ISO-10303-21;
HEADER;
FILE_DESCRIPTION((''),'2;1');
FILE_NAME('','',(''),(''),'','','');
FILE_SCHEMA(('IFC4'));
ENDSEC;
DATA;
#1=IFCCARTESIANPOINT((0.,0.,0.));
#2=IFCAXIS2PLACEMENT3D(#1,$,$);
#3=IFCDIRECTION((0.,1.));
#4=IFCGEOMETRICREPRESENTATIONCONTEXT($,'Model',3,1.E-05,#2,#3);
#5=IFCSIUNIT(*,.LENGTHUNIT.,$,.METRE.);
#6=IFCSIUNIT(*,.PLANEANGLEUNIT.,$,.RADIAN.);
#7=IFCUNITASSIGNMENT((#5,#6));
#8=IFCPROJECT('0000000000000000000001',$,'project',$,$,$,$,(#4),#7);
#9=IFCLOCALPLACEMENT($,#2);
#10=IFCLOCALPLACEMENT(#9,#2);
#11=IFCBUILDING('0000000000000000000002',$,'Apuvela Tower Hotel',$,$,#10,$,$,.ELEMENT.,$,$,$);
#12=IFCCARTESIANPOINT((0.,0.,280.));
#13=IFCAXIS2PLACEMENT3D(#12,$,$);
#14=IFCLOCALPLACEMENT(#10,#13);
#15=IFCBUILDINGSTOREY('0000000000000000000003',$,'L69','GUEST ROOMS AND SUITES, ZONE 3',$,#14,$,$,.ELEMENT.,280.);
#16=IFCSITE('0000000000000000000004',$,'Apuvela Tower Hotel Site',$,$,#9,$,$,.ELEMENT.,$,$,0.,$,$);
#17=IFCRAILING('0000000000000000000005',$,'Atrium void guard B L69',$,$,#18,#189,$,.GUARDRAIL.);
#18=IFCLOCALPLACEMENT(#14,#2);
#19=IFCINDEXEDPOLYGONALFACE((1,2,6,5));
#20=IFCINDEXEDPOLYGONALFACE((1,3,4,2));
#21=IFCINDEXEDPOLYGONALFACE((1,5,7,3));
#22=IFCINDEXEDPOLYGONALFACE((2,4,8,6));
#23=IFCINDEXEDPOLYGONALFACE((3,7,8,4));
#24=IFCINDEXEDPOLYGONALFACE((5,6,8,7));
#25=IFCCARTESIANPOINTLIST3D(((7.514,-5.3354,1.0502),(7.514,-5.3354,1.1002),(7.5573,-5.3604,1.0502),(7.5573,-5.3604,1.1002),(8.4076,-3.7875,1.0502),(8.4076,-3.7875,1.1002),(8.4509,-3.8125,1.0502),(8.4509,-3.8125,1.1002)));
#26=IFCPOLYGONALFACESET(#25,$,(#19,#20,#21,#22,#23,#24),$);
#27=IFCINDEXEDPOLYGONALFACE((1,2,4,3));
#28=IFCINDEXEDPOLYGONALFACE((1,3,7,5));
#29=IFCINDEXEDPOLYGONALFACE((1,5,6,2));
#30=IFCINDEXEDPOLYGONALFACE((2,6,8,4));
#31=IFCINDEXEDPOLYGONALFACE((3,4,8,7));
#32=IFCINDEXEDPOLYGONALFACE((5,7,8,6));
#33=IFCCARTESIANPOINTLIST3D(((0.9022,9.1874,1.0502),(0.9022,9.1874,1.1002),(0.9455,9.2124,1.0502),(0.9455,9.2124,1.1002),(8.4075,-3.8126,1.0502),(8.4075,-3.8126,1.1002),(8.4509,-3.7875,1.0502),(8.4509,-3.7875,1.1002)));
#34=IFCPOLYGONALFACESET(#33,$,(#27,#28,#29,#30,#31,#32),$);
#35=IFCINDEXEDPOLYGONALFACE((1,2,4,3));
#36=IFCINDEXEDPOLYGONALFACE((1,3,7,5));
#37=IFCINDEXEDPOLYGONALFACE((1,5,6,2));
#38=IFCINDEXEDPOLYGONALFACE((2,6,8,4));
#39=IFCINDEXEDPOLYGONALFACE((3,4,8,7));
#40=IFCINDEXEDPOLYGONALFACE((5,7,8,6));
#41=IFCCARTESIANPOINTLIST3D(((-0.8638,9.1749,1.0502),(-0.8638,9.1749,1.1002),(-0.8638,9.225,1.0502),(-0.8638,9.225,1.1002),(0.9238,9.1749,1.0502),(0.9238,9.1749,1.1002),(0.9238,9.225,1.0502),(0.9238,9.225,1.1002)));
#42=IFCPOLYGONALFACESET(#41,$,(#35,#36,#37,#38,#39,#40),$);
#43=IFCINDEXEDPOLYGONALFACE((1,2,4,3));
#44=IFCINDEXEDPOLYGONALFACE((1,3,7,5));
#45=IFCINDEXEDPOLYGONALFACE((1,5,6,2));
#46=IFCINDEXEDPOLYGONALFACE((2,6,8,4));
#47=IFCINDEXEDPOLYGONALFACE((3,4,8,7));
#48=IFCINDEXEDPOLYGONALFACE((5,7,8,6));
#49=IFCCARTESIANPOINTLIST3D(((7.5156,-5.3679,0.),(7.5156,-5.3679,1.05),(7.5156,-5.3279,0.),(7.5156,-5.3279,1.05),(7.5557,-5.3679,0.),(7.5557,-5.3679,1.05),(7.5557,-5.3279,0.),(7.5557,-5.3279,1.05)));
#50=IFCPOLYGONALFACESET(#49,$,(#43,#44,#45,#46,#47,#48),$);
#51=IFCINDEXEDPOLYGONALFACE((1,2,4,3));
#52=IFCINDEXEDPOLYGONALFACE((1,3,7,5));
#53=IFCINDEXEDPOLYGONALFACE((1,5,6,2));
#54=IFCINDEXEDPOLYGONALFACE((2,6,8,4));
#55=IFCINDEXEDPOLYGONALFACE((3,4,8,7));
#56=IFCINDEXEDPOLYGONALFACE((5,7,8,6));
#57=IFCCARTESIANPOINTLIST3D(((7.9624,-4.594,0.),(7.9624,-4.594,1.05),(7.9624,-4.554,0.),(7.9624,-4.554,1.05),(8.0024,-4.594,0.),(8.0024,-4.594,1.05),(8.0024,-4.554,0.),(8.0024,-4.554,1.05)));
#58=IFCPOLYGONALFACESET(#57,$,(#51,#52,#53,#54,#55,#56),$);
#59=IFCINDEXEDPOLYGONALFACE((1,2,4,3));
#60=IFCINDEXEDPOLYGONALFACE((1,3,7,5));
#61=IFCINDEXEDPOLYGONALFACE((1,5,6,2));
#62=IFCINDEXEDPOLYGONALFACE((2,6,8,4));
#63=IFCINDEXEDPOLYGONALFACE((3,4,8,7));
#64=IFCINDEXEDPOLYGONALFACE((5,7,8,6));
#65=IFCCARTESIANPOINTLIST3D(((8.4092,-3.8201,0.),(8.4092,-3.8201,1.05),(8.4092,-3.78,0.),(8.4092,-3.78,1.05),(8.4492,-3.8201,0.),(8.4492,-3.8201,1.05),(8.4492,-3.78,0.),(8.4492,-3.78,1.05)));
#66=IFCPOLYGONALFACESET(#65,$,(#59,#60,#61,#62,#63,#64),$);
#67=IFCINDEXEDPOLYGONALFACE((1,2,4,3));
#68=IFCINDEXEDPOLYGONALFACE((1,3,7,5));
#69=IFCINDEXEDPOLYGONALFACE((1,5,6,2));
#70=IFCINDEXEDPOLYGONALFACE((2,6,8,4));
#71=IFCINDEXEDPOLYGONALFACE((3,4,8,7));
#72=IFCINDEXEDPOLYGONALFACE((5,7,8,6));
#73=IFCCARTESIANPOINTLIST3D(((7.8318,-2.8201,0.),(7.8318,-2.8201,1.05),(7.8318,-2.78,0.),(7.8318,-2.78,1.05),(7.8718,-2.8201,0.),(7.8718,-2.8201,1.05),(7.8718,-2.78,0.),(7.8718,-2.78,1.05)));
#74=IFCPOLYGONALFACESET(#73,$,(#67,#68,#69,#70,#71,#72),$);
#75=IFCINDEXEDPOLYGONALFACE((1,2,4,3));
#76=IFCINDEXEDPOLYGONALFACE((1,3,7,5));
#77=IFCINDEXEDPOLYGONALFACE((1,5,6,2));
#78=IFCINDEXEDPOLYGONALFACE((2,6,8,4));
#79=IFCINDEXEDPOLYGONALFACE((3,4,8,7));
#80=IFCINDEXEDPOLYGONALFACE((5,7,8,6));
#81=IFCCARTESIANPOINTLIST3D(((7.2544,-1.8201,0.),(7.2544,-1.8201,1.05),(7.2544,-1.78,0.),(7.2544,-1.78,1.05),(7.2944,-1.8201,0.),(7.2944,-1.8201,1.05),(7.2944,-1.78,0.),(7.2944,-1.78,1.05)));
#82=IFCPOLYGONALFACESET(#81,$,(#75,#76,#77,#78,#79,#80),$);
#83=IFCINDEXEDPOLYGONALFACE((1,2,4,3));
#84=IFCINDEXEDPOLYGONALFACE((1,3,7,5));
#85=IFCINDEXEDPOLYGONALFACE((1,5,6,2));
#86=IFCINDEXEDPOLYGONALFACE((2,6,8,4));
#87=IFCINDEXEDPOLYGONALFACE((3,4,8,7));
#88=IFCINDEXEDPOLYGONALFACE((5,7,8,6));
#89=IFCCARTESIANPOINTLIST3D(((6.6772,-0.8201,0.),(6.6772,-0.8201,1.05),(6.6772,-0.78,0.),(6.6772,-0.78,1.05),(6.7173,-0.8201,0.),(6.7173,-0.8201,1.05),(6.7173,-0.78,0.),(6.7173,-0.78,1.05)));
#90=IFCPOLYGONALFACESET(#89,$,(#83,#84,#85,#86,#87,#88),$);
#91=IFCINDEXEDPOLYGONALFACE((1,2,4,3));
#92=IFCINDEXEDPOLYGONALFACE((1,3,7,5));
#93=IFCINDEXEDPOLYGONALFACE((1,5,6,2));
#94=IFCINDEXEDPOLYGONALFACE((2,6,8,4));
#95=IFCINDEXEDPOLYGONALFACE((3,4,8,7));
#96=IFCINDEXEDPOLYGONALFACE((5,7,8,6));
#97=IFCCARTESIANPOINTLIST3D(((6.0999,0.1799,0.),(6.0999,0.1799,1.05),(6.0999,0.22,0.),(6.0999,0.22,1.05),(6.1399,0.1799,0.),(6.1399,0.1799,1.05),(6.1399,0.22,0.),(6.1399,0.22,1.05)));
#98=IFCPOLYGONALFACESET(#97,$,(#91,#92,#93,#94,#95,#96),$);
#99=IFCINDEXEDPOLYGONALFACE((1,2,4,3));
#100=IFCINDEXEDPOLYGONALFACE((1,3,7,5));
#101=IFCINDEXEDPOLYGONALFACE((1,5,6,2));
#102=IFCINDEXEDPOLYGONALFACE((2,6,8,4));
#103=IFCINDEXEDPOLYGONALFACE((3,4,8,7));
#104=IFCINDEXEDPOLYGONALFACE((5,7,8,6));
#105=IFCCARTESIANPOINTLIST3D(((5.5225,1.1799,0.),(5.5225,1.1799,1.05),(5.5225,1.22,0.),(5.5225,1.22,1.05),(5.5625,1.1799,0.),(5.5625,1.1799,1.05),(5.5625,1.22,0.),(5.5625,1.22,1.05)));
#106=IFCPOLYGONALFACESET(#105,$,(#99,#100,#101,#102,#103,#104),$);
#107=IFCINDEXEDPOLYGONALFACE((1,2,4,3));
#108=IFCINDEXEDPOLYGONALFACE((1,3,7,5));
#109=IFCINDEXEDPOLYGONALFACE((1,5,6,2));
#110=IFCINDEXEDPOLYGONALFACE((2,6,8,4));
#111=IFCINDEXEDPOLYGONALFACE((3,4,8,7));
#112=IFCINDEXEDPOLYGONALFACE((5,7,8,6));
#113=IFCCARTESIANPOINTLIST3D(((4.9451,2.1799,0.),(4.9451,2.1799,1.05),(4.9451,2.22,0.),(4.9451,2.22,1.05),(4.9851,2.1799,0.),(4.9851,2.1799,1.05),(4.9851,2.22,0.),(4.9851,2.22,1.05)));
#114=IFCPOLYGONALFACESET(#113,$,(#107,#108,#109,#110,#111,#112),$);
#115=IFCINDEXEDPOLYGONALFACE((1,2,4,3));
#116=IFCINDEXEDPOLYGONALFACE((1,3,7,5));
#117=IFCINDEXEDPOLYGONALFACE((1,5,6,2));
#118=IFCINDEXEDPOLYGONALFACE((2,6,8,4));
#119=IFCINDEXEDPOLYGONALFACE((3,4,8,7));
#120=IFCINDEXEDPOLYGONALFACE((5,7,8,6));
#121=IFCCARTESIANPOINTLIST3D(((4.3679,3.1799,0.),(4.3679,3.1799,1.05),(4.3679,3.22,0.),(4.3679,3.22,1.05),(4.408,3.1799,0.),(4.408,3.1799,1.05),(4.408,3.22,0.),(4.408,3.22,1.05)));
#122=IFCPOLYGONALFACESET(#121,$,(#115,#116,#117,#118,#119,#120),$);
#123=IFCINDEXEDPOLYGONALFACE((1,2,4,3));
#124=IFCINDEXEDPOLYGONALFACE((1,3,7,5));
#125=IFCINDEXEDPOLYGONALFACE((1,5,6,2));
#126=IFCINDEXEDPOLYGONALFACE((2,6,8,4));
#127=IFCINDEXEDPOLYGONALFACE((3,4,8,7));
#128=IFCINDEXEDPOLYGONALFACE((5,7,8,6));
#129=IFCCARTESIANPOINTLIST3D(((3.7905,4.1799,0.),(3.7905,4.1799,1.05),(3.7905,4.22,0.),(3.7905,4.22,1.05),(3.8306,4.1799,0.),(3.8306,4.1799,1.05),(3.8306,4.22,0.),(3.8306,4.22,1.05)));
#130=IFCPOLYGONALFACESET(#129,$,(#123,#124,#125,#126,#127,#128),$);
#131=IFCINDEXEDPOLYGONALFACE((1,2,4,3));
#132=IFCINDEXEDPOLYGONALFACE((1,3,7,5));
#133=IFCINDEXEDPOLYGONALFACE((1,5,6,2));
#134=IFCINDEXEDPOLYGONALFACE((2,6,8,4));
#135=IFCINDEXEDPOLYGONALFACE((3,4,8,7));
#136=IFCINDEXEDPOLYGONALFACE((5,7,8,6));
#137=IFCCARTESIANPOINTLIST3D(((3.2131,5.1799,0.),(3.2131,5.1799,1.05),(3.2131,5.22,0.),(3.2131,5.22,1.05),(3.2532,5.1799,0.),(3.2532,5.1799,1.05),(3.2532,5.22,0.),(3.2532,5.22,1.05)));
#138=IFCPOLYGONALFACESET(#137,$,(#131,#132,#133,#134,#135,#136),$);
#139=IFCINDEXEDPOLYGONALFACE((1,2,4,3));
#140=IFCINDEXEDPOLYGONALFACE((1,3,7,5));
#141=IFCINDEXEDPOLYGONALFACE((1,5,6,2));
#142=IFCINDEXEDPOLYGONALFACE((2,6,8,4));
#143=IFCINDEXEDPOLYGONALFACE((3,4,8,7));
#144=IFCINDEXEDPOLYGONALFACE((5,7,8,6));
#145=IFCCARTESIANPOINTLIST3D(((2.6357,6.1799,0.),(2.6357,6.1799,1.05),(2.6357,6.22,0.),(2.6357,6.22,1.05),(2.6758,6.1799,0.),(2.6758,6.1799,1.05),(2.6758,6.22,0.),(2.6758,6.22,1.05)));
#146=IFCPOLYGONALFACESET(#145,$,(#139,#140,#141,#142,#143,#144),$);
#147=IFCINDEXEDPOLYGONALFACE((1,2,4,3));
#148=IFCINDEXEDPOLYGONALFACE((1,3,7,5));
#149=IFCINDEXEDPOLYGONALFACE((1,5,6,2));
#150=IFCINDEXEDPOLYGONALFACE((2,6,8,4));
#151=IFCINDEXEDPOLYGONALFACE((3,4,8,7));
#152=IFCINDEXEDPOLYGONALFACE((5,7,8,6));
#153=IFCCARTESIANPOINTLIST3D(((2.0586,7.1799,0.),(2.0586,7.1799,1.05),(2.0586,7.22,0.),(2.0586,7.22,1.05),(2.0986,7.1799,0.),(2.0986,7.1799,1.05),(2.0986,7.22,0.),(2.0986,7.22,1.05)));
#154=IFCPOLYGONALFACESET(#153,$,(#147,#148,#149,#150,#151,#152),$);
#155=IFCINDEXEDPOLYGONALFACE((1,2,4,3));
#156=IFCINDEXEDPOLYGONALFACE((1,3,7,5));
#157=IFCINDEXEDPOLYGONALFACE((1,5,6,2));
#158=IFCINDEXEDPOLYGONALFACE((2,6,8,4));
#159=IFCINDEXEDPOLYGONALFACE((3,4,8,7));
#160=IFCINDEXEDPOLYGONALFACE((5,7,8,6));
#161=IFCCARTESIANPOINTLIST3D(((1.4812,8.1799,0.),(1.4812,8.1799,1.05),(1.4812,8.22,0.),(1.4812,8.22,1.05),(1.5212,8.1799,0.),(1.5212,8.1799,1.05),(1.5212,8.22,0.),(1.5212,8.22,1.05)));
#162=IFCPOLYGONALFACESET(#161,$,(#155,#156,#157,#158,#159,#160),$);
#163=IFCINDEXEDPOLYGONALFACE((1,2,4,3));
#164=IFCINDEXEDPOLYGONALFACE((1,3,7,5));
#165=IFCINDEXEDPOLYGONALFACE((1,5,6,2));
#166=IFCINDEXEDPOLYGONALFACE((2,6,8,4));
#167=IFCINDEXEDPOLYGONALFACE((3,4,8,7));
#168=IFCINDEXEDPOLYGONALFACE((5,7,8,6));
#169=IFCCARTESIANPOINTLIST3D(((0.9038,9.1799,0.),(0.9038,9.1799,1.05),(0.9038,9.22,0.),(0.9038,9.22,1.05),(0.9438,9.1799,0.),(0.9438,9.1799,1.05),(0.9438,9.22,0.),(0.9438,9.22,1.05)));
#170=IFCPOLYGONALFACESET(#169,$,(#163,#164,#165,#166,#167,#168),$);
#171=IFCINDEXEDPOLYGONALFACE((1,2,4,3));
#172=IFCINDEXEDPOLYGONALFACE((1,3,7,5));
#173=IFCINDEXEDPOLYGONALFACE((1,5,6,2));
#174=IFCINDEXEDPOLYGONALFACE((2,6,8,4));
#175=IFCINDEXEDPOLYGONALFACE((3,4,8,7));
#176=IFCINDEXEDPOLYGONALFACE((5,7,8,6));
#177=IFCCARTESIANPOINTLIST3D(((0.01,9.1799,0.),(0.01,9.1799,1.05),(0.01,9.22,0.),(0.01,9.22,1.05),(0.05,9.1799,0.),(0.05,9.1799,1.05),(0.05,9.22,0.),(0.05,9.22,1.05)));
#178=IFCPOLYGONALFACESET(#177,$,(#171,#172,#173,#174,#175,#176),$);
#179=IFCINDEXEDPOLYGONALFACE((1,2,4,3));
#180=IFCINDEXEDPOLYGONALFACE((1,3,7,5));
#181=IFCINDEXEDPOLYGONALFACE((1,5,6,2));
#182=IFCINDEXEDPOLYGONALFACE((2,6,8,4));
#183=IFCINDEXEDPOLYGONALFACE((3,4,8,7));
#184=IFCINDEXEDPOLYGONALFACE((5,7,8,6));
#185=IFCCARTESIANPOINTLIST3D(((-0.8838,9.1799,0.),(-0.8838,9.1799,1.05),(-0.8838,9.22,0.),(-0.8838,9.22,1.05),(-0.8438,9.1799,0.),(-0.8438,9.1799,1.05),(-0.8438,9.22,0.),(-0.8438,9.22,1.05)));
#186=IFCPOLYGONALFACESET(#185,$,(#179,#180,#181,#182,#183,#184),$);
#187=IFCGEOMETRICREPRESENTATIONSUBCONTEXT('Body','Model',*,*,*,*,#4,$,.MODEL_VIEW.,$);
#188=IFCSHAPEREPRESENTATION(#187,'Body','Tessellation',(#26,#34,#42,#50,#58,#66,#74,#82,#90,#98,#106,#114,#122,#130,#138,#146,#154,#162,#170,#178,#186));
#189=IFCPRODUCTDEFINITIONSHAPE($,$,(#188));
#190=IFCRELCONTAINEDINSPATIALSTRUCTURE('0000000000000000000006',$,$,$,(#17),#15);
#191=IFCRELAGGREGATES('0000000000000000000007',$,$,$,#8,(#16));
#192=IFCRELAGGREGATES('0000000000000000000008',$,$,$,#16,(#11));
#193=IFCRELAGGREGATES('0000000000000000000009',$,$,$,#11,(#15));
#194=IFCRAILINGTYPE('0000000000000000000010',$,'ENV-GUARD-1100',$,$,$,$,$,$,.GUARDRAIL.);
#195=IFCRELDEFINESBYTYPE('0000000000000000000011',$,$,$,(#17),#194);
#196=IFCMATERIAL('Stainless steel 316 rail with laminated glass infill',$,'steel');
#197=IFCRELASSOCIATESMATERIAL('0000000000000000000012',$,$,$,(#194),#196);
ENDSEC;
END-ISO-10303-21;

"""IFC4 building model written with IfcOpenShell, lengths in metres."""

from ifc_helpers import new_model, si_unit, direction, frame, origin, origin_2d, place, context, subcontext, project, spatial, rectangle, extrude, material, type_object, element, save


model = new_model("IFC4")

# Units and contexts
model_context = context("Model", 3, precision=1e-05, world=origin(), true_north=direction((0.0, 1.0)))
body_context = subcontext(model_context, "Body", "Model", "MODEL_VIEW")
ifc_project = project(units=[si_unit("LENGTHUNIT", "METRE"), si_unit("PLANEANGLEUNIT", "RADIAN")], contexts=[model_context])

# Site, building, storey
site_placement = place(None, origin())
site = spatial("IfcSite", under=ifc_project, at=site_placement, Name="Apuvela Tower Hotel Site", CompositionType="ELEMENT", RefElevation=0.0)
building_placement = place(site_placement, origin())
building = spatial("IfcBuilding", under=site, at=building_placement, Name="Apuvela Tower Hotel", CompositionType="ELEMENT")
storey_placement = place(building_placement, frame((0.0, 0.0, 280.0)))
storey = spatial("IfcBuildingStorey", under=building, at=storey_placement, Name="L69", Description="GUEST ROOMS AND SUITES, ZONE 3", CompositionType="ELEMENT", Elevation=280.0)

# Railing
ifc_material_1 = material(Name="Stainless steel 316 rail with laminated glass infill", Category="steel")
railing_type_1 = type_object("IfcRailingType", Name="ENV-GUARD-1100", PredefinedType="GUARDRAIL", material=ifc_material_1)
railing_1_placement = place(storey_placement, frame((7.5356, -5.3479, 0.0)))
element("IfcRailing", 1, at=railing_1_placement, inside=storey, type_object=railing_type_1, Name="Atrium void guard B L69", PredefinedType="GUARDRAIL", context=body_context, shape_type="SweptSolid", body=[
    extrude(rectangle(XDim=0.05, YDim=0.05, at=origin_2d()), frame((0.0, 0.0, 1.0752), z_axis=(0.499959, 0.866049, 0.0), x_axis=(-0.866049, 0.499959, 0.0)), (0.0, 0.0, 1.0), 1.7874),
    extrude(rectangle(XDim=0.05, YDim=0.05, at=origin_2d()), frame((0.8936, 1.5479, 1.0752), z_axis=(-0.499991, 0.866031, 0.0), x_axis=(-0.866031, -0.499991, 0.0)), (0.0, 0.0, 1.0), 15.011),
    extrude(rectangle(XDim=0.05, YDim=0.05, at=origin_2d()), frame((-6.6118, 14.5479, 1.0752), z_axis=(-1.0, 0.0, 0.0), x_axis=(0.0, -1.0, 0.0)), (0.0, 0.0, 1.0), 1.7876),
    extrude(rectangle(XDim=0.04, YDim=0.04, at=origin_2d()), origin(), (0.0, 0.0, 1.0), 1.05),
    extrude(rectangle(XDim=0.04, YDim=0.04, at=origin_2d()), frame((0.4468, 0.7739, 0.0)), (0.0, 0.0, 1.0), 1.05),
    extrude(rectangle(XDim=0.04, YDim=0.04, at=origin_2d()), frame((0.8936, 1.5479, 0.0)), (0.0, 0.0, 1.0), 1.05),
    extrude(rectangle(XDim=0.04, YDim=0.04, at=origin_2d()), frame((0.3162, 2.5479, 0.0)), (0.0, 0.0, 1.0), 1.05),
    extrude(rectangle(XDim=0.04, YDim=0.04, at=origin_2d()), frame((-0.2612, 3.5479, 0.0)), (0.0, 0.0, 1.0), 1.05),
    extrude(rectangle(XDim=0.04, YDim=0.04, at=origin_2d()), frame((-0.8384, 4.5479, 0.0)), (0.0, 0.0, 1.0), 1.05),
    extrude(rectangle(XDim=0.04, YDim=0.04, at=origin_2d()), frame((-1.4158, 5.5479, 0.0)), (0.0, 0.0, 1.0), 1.05),
    extrude(rectangle(XDim=0.04, YDim=0.04, at=origin_2d()), frame((-1.9932, 6.5479, 0.0)), (0.0, 0.0, 1.0), 1.05),
    extrude(rectangle(XDim=0.04, YDim=0.04, at=origin_2d()), frame((-2.5706, 7.5479, 0.0)), (0.0, 0.0, 1.0), 1.05),
    extrude(rectangle(XDim=0.04, YDim=0.04, at=origin_2d()), frame((-3.1477, 8.5479, 0.0)), (0.0, 0.0, 1.0), 1.05),
    extrude(rectangle(XDim=0.04, YDim=0.04, at=origin_2d()), frame((-3.7251, 9.5479, 0.0)), (0.0, 0.0, 1.0), 1.05),
    extrude(rectangle(XDim=0.04, YDim=0.04, at=origin_2d()), frame((-4.3025, 10.5479, 0.0)), (0.0, 0.0, 1.0), 1.05),
    extrude(rectangle(XDim=0.04, YDim=0.04, at=origin_2d()), frame((-4.8799, 11.5479, 0.0)), (0.0, 0.0, 1.0), 1.05),
    extrude(rectangle(XDim=0.04, YDim=0.04, at=origin_2d()), frame((-5.457, 12.5479, 0.0)), (0.0, 0.0, 1.0), 1.05),
    extrude(rectangle(XDim=0.04, YDim=0.04, at=origin_2d()), frame((-6.0344, 13.5479, 0.0)), (0.0, 0.0, 1.0), 1.05),
    extrude(rectangle(XDim=0.04, YDim=0.04, at=origin_2d()), frame((-6.6118, 14.5479, 0.0)), (0.0, 0.0, 1.0), 1.05),
    extrude(rectangle(XDim=0.04, YDim=0.04, at=origin_2d()), frame((-7.5056, 14.5479, 0.0)), (0.0, 0.0, 1.0), 1.05),
    extrude(rectangle(XDim=0.04, YDim=0.04, at=origin_2d()), frame((-8.3994, 14.5479, 0.0)), (0.0, 0.0, 1.0), 1.05),
])

save(model, "model.ifc")
